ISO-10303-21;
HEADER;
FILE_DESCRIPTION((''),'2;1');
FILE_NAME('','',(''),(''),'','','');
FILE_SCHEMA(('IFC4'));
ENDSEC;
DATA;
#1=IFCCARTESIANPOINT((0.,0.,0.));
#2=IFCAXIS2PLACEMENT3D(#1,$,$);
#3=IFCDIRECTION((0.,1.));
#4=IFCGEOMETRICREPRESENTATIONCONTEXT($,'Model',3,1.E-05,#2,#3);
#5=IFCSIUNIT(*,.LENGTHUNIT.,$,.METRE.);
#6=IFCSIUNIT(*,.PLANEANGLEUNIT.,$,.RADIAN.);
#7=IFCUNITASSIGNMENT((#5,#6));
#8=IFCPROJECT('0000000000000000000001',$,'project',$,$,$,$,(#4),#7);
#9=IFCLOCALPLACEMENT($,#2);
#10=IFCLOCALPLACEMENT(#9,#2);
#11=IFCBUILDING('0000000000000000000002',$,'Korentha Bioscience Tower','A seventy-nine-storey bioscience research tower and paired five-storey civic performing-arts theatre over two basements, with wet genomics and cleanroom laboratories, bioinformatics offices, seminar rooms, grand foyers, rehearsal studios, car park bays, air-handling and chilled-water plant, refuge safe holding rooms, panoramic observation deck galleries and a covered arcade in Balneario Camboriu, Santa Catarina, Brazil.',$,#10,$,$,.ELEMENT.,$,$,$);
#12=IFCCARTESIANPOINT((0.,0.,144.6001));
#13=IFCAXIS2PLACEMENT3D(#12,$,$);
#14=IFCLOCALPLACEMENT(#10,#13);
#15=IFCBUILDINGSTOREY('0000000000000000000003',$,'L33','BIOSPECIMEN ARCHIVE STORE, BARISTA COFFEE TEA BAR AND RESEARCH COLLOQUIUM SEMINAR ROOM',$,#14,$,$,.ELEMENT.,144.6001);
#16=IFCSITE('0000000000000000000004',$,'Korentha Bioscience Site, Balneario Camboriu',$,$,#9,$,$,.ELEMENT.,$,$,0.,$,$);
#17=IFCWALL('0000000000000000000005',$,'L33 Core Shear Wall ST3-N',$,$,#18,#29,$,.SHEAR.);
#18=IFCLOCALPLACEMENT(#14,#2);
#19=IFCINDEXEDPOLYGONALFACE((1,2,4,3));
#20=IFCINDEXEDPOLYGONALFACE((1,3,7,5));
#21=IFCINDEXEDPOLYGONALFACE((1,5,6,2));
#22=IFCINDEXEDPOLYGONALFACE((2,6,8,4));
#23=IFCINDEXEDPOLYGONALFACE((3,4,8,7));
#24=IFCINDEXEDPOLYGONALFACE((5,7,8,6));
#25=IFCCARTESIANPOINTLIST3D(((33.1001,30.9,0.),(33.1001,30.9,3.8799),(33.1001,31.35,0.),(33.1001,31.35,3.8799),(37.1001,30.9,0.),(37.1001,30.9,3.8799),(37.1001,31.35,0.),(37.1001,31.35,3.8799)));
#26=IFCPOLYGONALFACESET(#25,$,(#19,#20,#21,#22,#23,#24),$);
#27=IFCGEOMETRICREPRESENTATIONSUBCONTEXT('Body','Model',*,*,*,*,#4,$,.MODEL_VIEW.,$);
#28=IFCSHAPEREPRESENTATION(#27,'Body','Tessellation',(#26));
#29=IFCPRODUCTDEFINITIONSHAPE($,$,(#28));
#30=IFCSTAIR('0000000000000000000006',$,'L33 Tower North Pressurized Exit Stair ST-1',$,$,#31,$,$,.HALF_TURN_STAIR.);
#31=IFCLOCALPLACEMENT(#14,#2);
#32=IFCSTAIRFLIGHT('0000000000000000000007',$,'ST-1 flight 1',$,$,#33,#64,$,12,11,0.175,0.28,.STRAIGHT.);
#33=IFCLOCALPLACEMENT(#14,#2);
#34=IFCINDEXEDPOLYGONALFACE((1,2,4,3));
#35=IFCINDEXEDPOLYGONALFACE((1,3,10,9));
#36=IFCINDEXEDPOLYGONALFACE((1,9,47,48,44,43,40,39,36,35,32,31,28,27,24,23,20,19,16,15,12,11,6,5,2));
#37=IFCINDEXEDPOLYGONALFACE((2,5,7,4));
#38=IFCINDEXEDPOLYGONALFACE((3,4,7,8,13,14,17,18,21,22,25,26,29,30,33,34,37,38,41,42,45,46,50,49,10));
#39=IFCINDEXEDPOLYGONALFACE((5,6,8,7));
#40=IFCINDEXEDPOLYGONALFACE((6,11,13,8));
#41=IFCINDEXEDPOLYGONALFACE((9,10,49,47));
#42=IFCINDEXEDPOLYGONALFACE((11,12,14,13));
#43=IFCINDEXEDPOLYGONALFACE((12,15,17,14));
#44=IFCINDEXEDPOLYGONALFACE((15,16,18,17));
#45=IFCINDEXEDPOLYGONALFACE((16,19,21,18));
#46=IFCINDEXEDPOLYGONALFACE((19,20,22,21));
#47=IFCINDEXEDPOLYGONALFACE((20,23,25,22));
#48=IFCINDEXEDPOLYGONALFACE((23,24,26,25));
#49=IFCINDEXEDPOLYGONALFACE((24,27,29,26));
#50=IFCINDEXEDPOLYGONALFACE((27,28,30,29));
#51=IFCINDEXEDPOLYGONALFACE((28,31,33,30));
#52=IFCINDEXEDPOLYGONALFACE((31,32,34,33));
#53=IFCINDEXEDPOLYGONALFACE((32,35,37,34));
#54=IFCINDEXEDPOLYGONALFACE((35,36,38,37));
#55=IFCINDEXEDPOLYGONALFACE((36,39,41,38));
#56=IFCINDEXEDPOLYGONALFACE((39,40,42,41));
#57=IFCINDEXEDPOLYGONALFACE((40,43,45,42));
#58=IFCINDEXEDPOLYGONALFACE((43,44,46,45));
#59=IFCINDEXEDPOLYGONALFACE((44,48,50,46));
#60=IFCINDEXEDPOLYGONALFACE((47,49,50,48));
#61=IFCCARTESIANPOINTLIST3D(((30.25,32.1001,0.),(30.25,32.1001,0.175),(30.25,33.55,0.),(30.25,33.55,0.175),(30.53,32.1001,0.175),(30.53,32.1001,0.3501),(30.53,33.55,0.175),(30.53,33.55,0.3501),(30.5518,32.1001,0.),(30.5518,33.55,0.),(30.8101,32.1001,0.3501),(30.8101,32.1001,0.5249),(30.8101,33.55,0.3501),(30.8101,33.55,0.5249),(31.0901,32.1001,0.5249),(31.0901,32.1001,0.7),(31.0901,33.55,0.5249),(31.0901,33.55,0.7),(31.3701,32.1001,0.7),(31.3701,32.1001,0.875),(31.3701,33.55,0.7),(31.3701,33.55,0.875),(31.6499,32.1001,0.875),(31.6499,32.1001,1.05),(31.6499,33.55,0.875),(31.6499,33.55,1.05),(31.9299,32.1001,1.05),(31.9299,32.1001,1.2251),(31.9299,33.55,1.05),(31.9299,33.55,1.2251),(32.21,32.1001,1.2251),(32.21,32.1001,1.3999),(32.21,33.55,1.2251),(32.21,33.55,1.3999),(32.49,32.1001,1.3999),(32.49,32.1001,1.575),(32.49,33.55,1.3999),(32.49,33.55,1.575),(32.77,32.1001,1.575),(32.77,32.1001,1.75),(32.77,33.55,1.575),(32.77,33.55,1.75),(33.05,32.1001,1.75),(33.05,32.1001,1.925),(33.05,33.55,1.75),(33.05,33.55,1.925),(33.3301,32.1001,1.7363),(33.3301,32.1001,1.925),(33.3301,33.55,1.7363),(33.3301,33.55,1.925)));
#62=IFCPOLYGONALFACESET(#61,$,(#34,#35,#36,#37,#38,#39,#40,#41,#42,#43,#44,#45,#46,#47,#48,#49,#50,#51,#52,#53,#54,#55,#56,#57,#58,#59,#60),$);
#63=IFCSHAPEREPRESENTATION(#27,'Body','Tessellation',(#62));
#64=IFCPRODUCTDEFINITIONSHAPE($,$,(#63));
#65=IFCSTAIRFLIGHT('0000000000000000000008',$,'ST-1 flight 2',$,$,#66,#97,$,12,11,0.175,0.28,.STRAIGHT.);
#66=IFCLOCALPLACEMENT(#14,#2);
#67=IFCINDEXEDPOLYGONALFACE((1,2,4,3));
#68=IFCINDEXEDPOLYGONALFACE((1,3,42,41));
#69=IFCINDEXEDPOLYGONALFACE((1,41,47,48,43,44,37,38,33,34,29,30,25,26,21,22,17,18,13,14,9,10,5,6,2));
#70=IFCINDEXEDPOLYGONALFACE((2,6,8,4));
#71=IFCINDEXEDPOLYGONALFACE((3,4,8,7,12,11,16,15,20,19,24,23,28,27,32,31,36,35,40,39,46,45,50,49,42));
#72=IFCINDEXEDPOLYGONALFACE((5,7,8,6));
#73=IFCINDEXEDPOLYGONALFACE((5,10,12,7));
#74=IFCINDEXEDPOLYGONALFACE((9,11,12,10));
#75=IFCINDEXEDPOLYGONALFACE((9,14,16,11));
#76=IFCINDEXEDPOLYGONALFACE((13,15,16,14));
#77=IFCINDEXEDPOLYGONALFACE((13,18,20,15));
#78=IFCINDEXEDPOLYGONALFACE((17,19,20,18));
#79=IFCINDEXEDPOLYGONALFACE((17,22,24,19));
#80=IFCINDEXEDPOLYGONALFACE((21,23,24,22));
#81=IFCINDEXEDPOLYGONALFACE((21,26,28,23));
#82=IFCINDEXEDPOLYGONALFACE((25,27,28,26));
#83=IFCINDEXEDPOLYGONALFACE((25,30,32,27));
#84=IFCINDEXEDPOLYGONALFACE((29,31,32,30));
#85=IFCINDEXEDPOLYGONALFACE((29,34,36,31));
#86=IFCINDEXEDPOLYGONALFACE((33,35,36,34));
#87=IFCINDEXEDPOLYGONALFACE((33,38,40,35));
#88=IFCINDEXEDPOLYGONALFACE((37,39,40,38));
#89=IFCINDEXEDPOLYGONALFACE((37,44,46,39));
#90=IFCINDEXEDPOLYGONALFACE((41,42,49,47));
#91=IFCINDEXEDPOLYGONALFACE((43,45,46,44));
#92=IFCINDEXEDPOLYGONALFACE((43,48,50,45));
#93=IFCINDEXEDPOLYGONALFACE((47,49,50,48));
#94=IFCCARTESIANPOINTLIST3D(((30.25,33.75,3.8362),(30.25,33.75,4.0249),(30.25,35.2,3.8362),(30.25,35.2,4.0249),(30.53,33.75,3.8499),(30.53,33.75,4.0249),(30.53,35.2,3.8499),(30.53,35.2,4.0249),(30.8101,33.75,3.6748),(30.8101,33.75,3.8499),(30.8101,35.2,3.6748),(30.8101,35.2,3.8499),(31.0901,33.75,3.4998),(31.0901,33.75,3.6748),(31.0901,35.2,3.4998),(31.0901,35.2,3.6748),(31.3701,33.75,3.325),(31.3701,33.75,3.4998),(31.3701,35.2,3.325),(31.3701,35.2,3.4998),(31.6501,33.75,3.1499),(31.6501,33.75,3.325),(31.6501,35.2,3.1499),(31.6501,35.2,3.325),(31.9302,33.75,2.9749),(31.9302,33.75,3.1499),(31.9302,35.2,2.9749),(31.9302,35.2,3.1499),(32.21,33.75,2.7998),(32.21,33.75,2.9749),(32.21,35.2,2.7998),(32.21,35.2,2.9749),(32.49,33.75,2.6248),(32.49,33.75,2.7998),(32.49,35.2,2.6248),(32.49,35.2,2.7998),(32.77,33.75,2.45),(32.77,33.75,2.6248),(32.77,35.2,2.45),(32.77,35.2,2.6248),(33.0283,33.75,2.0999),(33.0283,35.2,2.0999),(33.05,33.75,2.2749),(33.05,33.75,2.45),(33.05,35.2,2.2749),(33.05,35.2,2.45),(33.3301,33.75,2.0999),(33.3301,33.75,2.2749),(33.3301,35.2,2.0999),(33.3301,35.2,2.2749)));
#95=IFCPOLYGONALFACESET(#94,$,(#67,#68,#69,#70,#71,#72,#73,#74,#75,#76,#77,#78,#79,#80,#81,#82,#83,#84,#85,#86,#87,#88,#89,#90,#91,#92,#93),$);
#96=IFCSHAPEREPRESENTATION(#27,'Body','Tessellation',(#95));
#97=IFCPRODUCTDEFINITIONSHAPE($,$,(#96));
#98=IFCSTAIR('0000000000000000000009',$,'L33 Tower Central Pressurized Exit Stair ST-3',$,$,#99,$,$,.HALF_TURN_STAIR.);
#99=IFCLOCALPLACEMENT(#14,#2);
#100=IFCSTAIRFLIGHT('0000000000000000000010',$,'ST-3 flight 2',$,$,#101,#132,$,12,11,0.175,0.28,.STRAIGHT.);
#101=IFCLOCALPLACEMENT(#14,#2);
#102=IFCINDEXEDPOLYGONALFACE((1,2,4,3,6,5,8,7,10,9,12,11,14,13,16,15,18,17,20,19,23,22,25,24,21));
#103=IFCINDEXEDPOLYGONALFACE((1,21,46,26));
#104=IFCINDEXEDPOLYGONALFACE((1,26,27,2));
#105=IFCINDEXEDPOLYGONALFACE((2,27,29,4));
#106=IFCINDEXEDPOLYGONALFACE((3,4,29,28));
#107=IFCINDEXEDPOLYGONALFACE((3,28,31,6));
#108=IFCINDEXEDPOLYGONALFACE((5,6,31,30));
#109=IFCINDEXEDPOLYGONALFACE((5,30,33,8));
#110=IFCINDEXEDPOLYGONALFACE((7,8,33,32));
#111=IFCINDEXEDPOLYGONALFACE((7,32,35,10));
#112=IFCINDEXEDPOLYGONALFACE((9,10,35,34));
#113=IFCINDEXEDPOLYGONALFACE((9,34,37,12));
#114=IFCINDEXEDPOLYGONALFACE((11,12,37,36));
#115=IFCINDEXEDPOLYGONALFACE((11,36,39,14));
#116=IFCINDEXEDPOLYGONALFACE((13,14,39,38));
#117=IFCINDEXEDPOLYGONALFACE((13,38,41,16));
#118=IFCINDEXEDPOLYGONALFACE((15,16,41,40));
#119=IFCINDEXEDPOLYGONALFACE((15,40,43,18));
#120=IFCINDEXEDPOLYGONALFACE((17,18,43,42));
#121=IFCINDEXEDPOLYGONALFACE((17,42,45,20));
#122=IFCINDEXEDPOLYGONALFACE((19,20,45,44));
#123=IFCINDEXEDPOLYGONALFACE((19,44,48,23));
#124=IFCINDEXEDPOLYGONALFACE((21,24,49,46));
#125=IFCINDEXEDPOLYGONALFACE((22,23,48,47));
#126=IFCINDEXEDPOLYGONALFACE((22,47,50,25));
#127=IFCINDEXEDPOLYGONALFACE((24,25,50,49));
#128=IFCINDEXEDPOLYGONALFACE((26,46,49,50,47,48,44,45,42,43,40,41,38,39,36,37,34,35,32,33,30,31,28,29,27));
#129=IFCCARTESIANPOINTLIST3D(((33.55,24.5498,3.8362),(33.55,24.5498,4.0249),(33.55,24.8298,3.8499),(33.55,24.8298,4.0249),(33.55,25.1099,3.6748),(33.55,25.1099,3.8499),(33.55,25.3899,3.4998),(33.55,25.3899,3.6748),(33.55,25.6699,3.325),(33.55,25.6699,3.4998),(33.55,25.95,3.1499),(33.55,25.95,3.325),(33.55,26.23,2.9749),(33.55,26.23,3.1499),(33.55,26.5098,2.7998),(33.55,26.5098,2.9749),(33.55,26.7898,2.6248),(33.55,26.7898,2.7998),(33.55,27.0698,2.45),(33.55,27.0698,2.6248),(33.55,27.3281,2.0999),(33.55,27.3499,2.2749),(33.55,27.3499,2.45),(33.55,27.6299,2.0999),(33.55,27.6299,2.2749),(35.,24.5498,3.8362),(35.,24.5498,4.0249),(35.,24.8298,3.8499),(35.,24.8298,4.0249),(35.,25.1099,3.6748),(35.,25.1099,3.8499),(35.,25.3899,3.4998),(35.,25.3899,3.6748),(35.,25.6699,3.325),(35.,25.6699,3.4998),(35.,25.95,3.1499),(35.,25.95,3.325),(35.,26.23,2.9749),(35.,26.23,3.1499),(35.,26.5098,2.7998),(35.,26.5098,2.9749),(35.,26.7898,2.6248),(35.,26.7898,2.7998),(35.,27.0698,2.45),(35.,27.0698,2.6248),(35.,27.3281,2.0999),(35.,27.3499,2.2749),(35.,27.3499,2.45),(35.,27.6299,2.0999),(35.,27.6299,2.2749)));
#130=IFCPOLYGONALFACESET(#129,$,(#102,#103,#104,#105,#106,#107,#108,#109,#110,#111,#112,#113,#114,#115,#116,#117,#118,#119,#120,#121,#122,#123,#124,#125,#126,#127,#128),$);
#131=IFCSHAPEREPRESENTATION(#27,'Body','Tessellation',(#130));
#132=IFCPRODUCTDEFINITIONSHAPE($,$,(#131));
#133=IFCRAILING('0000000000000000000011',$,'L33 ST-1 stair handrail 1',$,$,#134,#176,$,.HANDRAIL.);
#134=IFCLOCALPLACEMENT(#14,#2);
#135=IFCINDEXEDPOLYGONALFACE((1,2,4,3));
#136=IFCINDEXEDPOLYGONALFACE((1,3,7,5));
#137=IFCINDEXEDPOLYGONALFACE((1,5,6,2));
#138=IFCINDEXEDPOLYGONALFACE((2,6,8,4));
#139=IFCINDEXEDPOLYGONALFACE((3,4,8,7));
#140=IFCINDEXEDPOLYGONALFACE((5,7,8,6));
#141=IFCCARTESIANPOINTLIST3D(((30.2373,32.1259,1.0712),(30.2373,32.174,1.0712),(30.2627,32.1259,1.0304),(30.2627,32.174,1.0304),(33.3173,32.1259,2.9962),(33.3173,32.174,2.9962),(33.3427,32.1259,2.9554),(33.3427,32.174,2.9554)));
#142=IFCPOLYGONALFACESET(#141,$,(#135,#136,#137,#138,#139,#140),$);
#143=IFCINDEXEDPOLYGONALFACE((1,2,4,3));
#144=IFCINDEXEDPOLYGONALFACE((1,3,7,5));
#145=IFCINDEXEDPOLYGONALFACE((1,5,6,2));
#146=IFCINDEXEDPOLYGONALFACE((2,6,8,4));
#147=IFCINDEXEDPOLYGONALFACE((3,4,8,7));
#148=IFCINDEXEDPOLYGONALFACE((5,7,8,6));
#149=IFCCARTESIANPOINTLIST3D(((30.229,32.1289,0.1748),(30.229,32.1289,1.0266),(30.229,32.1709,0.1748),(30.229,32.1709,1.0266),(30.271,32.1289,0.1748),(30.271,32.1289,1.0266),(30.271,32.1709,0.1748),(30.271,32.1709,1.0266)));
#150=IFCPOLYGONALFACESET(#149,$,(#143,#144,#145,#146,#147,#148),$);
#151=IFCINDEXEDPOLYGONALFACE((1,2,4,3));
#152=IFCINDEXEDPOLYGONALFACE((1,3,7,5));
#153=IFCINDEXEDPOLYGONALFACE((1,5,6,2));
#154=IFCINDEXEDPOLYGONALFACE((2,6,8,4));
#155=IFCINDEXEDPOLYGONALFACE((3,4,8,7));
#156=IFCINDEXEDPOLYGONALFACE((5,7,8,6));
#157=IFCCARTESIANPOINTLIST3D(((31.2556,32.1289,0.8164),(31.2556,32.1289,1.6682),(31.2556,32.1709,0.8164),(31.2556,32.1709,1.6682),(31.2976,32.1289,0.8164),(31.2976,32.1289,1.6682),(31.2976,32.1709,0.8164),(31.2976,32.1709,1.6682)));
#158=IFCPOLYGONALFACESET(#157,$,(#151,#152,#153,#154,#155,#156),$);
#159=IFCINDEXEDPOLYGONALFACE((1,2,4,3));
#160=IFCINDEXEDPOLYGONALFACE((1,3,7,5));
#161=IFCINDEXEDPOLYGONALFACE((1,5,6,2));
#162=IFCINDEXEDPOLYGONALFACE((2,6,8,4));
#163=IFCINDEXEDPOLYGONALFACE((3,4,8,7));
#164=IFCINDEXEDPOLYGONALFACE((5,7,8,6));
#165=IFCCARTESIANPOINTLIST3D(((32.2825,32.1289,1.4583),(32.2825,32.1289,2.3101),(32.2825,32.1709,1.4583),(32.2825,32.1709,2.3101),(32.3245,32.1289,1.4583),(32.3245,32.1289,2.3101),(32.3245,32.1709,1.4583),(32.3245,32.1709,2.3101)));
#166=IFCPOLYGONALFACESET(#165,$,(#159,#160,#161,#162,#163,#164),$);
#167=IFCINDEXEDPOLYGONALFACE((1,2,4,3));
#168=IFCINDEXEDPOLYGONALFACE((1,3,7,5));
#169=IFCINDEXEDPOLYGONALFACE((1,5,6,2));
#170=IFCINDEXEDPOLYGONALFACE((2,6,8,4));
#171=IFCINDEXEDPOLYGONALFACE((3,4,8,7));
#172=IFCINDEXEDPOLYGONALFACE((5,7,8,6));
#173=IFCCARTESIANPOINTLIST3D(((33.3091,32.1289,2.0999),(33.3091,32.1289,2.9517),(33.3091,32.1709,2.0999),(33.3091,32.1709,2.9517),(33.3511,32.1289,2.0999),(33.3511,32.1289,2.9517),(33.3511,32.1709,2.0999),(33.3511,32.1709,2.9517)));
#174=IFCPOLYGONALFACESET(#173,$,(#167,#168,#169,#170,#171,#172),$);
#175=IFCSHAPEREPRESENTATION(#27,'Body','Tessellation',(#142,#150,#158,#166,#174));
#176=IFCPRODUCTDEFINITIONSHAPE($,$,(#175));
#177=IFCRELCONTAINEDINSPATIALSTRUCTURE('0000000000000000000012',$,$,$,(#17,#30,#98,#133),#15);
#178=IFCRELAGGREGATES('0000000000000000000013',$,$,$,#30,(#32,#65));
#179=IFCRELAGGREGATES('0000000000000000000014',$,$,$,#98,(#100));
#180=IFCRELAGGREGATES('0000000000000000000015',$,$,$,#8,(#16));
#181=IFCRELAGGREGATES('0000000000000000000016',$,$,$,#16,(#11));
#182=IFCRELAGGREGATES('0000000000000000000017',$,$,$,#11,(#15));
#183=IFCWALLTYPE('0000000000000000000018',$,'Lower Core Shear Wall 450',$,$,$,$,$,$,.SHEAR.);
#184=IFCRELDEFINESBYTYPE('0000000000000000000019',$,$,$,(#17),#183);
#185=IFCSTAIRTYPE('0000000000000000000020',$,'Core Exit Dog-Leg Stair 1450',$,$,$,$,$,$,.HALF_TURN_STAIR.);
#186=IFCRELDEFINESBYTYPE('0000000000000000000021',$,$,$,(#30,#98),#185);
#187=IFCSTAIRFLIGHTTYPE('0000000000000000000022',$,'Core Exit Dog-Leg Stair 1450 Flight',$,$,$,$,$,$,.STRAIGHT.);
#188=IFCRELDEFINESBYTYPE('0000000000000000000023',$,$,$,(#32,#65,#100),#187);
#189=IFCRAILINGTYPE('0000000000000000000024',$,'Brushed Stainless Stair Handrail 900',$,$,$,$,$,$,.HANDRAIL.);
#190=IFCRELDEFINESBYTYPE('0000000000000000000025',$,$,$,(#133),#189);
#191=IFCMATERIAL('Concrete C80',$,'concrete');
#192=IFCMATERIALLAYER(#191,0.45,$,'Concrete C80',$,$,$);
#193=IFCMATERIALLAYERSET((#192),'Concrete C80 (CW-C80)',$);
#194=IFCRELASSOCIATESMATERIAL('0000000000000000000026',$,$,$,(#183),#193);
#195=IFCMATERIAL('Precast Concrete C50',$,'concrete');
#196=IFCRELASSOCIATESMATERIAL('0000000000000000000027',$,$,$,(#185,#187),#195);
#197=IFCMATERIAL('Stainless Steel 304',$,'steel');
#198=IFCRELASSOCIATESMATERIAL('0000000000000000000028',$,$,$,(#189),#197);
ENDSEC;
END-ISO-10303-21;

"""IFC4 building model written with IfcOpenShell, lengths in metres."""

from ifc_helpers import new_model, si_unit, direction, frame, frame_2d, origin, origin_2d, place, context, subcontext, project, spatial, polyline, rectangle, outline, extrude, material, layer, layer_set, type_object, element, aggregate, save


model = new_model("IFC4")

# Units and contexts
model_context = context("Model", 3, precision=1e-05, world=origin(), true_north=direction((0.0, 1.0)))
body_context = subcontext(model_context, "Body", "Model", "MODEL_VIEW")
ifc_project = project(units=[si_unit("LENGTHUNIT", "METRE"), si_unit("PLANEANGLEUNIT", "RADIAN")], contexts=[model_context])

# Site, building, storey
site_placement = place(None, origin())
site = spatial("IfcSite", under=ifc_project, at=site_placement, Name="Korentha Bioscience Site, Balneario Camboriu", CompositionType="ELEMENT", RefElevation=0.0)
building_placement = place(site_placement, origin())
building = spatial("IfcBuilding", under=site, at=building_placement, Name="Korentha Bioscience Tower", Description="A seventy-nine-storey bioscience research tower and paired five-storey civic performing-arts theatre over two basements, with wet genomics and cleanroom laboratories, bioinformatics offices, seminar rooms, grand foyers, rehearsal studios, car park bays, air-handling and chilled-water plant, refuge safe holding rooms, panoramic observation deck galleries and a covered arcade in Balneario Camboriu, Santa Catarina, Brazil.", CompositionType="ELEMENT")
storey_placement = place(building_placement, frame((0.0, 0.0, 144.6001)))
storey = spatial("IfcBuildingStorey", under=building, at=storey_placement, Name="L33", Description="BIOSPECIMEN ARCHIVE STORE, BARISTA COFFEE TEA BAR AND RESEARCH COLLOQUIUM SEMINAR ROOM", CompositionType="ELEMENT", Elevation=144.6001)

# Wall
ifc_material_1 = material(Name="Concrete C80", Category="concrete")
ifc_layer_1 = layer(ifc_material_1, 0.45, Name="Concrete C80")
ifc_layer_set_1 = layer_set([ifc_layer_1], Name="Concrete C80 (CW-C80)")
wall_type_1 = type_object("IfcWallType", Name="Lower Core Shear Wall 450", PredefinedType="SHEAR", material=ifc_layer_set_1)
wall_1_placement = place(storey_placement, frame((33.1001, 31.125, 0.0), z_axis=(0.0, 0.0, 1.0), x_axis=(1.0, 0.0, 0.0)))
element("IfcWall", 1, at=wall_1_placement, inside=storey, type_object=wall_type_1, Name="L33 Core Shear Wall ST3-N", PredefinedType="SHEAR", context=body_context, shape_type="SweptSolid", body=[
    extrude(rectangle(XDim=4.0, YDim=0.45, at=frame_2d((2.0, 0.0))), origin(), (0.0, 0.0, 1.0), 3.8799),
])

# Stair, stair flights
ifc_material_2 = material(Name="Precast Concrete C50", Category="concrete")
stair_type = type_object("IfcStairType", Name="Core Exit Dog-Leg Stair 1450", PredefinedType="HALF_TURN_STAIR", material=ifc_material_2)
stair_1_placement = place(storey_placement, origin())
stair_1 = element("IfcStair", 2, at=stair_1_placement, inside=storey, type_object=stair_type, Name="L33 Tower North Pressurized Exit Stair ST-1", PredefinedType="HALF_TURN_STAIR")
stair_flight_type = type_object("IfcStairFlightType", Name="Core Exit Dog-Leg Stair 1450 Flight", PredefinedType="STRAIGHT", material=ifc_material_2)
stair_flight_1_placement = place(storey_placement, frame((30.25, 32.825, 0.0), z_axis=(0.0, 0.0, 1.0), x_axis=(1.0, 0.0, 0.0)))
stair_flight_1 = element("IfcStairFlight", 3, at=stair_flight_1_placement, type_object=stair_flight_type, Name="ST-1 flight 1", NumberOfRisers=12, NumberOfTreads=11, PredefinedType="STRAIGHT", RiserHeight=0.175, TreadLength=0.28, context=body_context, shape_type="SweptSolid", body=[
    extrude(outline(polyline([(0.0, 0.0), (0.0, 0.175), (0.28, 0.175), (0.28, 0.3501), (0.5601, 0.3501), (0.5601, 0.5249), (0.8401, 0.5249), (0.8401, 0.7), (1.1201, 0.7), (1.1201, 0.875), (1.3999, 0.875), (1.3999, 1.05), (1.6799, 1.05), (1.6799, 1.2251), (1.96, 1.2251), (1.96, 1.3999), (2.24, 1.3999), (2.24, 1.575), (2.52, 1.575), (2.52, 1.75), (2.8, 1.75), (2.8, 1.925), (3.0801, 1.925), (3.0801, 2.1001), (3.0801, 1.7363), (0.3018, 0.0), (0.0, 0.0)])), frame((0.0, 0.7251, 0.0), z_axis=(0.0, -1.0, 0.0), x_axis=(1.0, 0.0, 0.0)), (0.0, 0.0, 1.0), 1.45),
])
stair_flight_2_placement = place(storey_placement, frame((33.3301, 34.4751, 2.0999), z_axis=(0.0, 0.0, 1.0), x_axis=(-1.0, 0.0, 0.0)))
stair_flight_2 = element("IfcStairFlight", 4, at=stair_flight_2_placement, type_object=stair_flight_type, Name="ST-1 flight 2", NumberOfRisers=12, NumberOfTreads=11, PredefinedType="STRAIGHT", RiserHeight=0.175, TreadLength=0.28, context=body_context, shape_type="SweptSolid", body=[
    extrude(outline(polyline([(0.0, 0.0), (0.0, 0.175), (0.28, 0.175), (0.28, 0.3501), (0.5601, 0.3501), (0.5601, 0.5249), (0.8401, 0.5249), (0.8401, 0.7), (1.1201, 0.7), (1.1201, 0.875), (1.3999, 0.875), (1.3999, 1.05), (1.6799, 1.05), (1.6799, 1.2251), (1.96, 1.2251), (1.96, 1.3999), (2.24, 1.3999), (2.24, 1.575), (2.52, 1.575), (2.52, 1.75), (2.8, 1.75), (2.8, 1.925), (3.0801, 1.925), (3.0801, 2.1001), (3.0801, 1.7363), (0.3018, 0.0), (0.0, 0.0)])), frame((0.0, 0.7251, 0.0), z_axis=(0.0, -1.0, 0.0), x_axis=(1.0, 0.0, 0.0)), (0.0, 0.0, 1.0), 1.45),
])
aggregate(stair_1, [stair_flight_1, stair_flight_2])

# Stair, stair flight
stair_2_placement = place(storey_placement, origin())
stair_2 = element("IfcStair", 5, at=stair_2_placement, inside=storey, type_object=stair_type, Name="L33 Tower Central Pressurized Exit Stair ST-3", PredefinedType="HALF_TURN_STAIR")
stair_flight_3_placement = place(storey_placement, frame((34.2749, 27.6299, 2.0999), z_axis=(0.0, 0.0, 1.0), x_axis=(0.0, -1.0, 0.0)))
stair_flight_3 = element("IfcStairFlight", 6, at=stair_flight_3_placement, type_object=stair_flight_type, Name="ST-3 flight 2", NumberOfRisers=12, NumberOfTreads=11, PredefinedType="STRAIGHT", RiserHeight=0.175, TreadLength=0.28, context=body_context, shape_type="SweptSolid", body=[
    extrude(outline(polyline([(0.0, 0.0), (0.0, 0.175), (0.28, 0.175), (0.28, 0.3501), (0.5601, 0.3501), (0.5601, 0.5249), (0.8401, 0.5249), (0.8401, 0.7), (1.1201, 0.7), (1.1201, 0.875), (1.3999, 0.875), (1.3999, 1.05), (1.6799, 1.05), (1.6799, 1.2251), (1.96, 1.2251), (1.96, 1.3999), (2.24, 1.3999), (2.24, 1.575), (2.52, 1.575), (2.52, 1.75), (2.8, 1.75), (2.8, 1.925), (3.0801, 1.925), (3.0801, 2.1001), (3.0801, 1.7363), (0.3018, 0.0), (0.0, 0.0)])), frame((0.0, 0.7251, 0.0), z_axis=(0.0, -1.0, 0.0), x_axis=(1.0, 0.0, 0.0)), (0.0, 0.0, 1.0), 1.45),
])
aggregate(stair_2, [stair_flight_3])

# Railing
ifc_material_3 = material(Name="Stainless Steel 304", Category="steel")
railing_type_1 = type_object("IfcRailingType", Name="Brushed Stainless Stair Handrail 900", PredefinedType="HANDRAIL", material=ifc_material_3)
railing_1_placement = place(storey_placement, frame((30.25, 32.1499, 0.1748)))
element("IfcRailing", 7, at=railing_1_placement, inside=storey, type_object=railing_type_1, Name="L33 ST-1 stair handrail 1", PredefinedType="HANDRAIL", context=body_context, shape_type="SweptSolid", body=[
    extrude(rectangle(XDim=0.0481, YDim=0.0481, at=origin_2d()), frame((0.0, 0.0, 0.876), z_axis=(0.847998, 0.0, 0.529999), x_axis=(0.0, 1.0, 0.0)), (0.0, 0.0, 1.0), 3.6321),
    extrude(rectangle(XDim=0.042, YDim=0.042, at=origin_2d()), origin(), (0.0, 0.0, 1.0), 0.8518),
    extrude(rectangle(XDim=0.042, YDim=0.042, at=origin_2d()), frame((1.0266, 0.0, 0.6416)), (0.0, 0.0, 1.0), 0.8518),
    extrude(rectangle(XDim=0.042, YDim=0.042, at=origin_2d()), frame((2.0535, 0.0, 1.2834)), (0.0, 0.0, 1.0), 0.8518),
    extrude(rectangle(XDim=0.042, YDim=0.042, at=origin_2d()), frame((3.0801, 0.0, 1.925)), (0.0, 0.0, 1.0), 0.8518),
])

save(model, "model.ifc")
